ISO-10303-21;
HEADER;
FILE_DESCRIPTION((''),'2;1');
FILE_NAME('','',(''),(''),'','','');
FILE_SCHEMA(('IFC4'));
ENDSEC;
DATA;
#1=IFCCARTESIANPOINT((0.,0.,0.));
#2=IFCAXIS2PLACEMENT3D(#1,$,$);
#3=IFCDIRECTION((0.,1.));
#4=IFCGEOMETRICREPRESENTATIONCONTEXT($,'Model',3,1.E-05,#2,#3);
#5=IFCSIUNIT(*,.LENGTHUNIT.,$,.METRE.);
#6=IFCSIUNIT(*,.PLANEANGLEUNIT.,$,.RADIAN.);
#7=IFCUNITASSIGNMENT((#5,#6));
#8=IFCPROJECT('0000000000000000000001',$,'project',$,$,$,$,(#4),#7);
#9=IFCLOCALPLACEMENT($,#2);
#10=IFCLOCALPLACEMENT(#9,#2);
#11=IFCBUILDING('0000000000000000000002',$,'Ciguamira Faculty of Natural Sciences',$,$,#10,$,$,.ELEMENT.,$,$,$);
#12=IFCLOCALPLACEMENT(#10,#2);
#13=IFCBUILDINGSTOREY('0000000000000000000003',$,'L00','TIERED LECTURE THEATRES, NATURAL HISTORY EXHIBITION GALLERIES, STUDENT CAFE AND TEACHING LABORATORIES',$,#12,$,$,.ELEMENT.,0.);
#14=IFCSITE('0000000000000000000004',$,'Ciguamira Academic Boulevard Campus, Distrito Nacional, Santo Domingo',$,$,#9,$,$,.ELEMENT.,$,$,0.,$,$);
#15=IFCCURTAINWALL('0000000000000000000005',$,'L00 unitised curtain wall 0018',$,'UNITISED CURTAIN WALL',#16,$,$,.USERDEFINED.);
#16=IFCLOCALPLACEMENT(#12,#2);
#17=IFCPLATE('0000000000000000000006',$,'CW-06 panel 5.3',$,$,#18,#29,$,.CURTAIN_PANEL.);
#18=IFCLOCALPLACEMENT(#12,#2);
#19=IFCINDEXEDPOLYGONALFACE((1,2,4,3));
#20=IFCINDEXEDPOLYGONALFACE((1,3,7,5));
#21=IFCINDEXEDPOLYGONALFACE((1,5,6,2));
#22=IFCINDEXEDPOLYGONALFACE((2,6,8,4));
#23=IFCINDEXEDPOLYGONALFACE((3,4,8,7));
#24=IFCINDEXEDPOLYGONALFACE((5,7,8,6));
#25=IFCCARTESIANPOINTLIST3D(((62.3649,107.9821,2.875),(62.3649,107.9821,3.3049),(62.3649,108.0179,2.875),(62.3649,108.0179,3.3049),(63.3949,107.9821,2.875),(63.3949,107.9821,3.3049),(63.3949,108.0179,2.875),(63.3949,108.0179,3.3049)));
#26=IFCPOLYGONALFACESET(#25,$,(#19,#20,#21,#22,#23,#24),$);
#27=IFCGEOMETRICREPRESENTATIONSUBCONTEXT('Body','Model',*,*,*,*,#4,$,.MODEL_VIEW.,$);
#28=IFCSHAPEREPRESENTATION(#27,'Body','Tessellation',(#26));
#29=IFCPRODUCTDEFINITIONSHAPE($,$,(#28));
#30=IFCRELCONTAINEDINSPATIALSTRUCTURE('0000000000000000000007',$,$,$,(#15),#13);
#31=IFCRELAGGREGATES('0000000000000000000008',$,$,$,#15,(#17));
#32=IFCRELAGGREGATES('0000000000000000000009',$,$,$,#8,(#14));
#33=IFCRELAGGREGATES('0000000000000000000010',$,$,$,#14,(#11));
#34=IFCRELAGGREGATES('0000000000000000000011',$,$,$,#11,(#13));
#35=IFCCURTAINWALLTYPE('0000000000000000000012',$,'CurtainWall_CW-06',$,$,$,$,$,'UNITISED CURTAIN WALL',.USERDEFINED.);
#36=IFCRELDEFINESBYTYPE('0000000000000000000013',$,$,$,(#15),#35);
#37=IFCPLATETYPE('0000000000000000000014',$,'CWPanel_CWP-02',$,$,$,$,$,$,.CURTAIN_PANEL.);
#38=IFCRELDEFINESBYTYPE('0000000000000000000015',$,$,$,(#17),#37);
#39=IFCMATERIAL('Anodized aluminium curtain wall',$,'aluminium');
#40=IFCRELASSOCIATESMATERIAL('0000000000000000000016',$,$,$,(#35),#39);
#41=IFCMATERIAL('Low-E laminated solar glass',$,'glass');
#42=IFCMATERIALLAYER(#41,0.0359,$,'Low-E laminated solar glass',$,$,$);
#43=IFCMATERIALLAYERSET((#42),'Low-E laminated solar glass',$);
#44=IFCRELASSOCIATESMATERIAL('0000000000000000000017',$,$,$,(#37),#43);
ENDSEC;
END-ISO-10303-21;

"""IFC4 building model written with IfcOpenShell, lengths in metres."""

from ifc_helpers import new_model, si_unit, direction, frame, origin, origin_2d, place, context, subcontext, project, spatial, rectangle, extrude, material, layer, layer_set, type_object, element, aggregate, save


model = new_model("IFC4")

# Units and contexts
model_context = context("Model", 3, precision=1e-05, world=origin(), true_north=direction((0.0, 1.0)))
body_context = subcontext(model_context, "Body", "Model", "MODEL_VIEW")
ifc_project = project(units=[si_unit("LENGTHUNIT", "METRE"), si_unit("PLANEANGLEUNIT", "RADIAN")], contexts=[model_context])

# Site, building, storey
site_placement = place(None, origin())
site = spatial("IfcSite", under=ifc_project, at=site_placement, Name="Ciguamira Academic Boulevard Campus, Distrito Nacional, Santo Domingo", CompositionType="ELEMENT", RefElevation=0.0)
building_placement = place(site_placement, origin())
building = spatial("IfcBuilding", under=site, at=building_placement, Name="Ciguamira Faculty of Natural Sciences", CompositionType="ELEMENT")
storey_placement = place(building_placement, origin())
storey = spatial("IfcBuildingStorey", under=building, at=storey_placement, Name="L00", Description="TIERED LECTURE THEATRES, NATURAL HISTORY EXHIBITION GALLERIES, STUDENT CAFE AND TEACHING LABORATORIES", CompositionType="ELEMENT", Elevation=0.0)

# Curtain wall
ifc_material_1 = material(Name="Anodized aluminium curtain wall", Category="aluminium")
curtain_wall_type = type_object("IfcCurtainWallType", Name="CurtainWall_CW-06", ElementType="UNITISED CURTAIN WALL", PredefinedType="USERDEFINED", material=ifc_material_1)
curtain_wall_placement = place(storey_placement, origin())
curtain_wall = element("IfcCurtainWall", 1, at=curtain_wall_placement, inside=storey, type_object=curtain_wall_type, Name="L00 unitised curtain wall 0018", ObjectType="UNITISED CURTAIN WALL", PredefinedType="USERDEFINED")

# Plate
ifc_material_2 = material(Name="Low-E laminated solar glass", Category="glass")
ifc_layer = layer(ifc_material_2, 0.0359, Name="Low-E laminated solar glass")
ifc_layer_set = layer_set([ifc_layer], Name="Low-E laminated solar glass")
plate_type = type_object("IfcPlateType", Name="CWPanel_CWP-02", PredefinedType="CURTAIN_PANEL", material=ifc_layer_set)
plate_1_placement = place(storey_placement, frame((62.8799, 108.0, 2.875), z_axis=(0.0, 0.0, 1.0), x_axis=(1.0, 0.0, 0.0)))
plate_1 = element("IfcPlate", 2, at=plate_1_placement, type_object=plate_type, Name="CW-06 panel 5.3", PredefinedType="CURTAIN_PANEL", context=body_context, shape_type="SweptSolid", body=[
    extrude(rectangle(XDim=1.03, YDim=0.0359, at=origin_2d()), origin(), (0.0, 0.0, 1.0), 0.4299),
])
aggregate(curtain_wall, [plate_1])

save(model, "model.ifc")
